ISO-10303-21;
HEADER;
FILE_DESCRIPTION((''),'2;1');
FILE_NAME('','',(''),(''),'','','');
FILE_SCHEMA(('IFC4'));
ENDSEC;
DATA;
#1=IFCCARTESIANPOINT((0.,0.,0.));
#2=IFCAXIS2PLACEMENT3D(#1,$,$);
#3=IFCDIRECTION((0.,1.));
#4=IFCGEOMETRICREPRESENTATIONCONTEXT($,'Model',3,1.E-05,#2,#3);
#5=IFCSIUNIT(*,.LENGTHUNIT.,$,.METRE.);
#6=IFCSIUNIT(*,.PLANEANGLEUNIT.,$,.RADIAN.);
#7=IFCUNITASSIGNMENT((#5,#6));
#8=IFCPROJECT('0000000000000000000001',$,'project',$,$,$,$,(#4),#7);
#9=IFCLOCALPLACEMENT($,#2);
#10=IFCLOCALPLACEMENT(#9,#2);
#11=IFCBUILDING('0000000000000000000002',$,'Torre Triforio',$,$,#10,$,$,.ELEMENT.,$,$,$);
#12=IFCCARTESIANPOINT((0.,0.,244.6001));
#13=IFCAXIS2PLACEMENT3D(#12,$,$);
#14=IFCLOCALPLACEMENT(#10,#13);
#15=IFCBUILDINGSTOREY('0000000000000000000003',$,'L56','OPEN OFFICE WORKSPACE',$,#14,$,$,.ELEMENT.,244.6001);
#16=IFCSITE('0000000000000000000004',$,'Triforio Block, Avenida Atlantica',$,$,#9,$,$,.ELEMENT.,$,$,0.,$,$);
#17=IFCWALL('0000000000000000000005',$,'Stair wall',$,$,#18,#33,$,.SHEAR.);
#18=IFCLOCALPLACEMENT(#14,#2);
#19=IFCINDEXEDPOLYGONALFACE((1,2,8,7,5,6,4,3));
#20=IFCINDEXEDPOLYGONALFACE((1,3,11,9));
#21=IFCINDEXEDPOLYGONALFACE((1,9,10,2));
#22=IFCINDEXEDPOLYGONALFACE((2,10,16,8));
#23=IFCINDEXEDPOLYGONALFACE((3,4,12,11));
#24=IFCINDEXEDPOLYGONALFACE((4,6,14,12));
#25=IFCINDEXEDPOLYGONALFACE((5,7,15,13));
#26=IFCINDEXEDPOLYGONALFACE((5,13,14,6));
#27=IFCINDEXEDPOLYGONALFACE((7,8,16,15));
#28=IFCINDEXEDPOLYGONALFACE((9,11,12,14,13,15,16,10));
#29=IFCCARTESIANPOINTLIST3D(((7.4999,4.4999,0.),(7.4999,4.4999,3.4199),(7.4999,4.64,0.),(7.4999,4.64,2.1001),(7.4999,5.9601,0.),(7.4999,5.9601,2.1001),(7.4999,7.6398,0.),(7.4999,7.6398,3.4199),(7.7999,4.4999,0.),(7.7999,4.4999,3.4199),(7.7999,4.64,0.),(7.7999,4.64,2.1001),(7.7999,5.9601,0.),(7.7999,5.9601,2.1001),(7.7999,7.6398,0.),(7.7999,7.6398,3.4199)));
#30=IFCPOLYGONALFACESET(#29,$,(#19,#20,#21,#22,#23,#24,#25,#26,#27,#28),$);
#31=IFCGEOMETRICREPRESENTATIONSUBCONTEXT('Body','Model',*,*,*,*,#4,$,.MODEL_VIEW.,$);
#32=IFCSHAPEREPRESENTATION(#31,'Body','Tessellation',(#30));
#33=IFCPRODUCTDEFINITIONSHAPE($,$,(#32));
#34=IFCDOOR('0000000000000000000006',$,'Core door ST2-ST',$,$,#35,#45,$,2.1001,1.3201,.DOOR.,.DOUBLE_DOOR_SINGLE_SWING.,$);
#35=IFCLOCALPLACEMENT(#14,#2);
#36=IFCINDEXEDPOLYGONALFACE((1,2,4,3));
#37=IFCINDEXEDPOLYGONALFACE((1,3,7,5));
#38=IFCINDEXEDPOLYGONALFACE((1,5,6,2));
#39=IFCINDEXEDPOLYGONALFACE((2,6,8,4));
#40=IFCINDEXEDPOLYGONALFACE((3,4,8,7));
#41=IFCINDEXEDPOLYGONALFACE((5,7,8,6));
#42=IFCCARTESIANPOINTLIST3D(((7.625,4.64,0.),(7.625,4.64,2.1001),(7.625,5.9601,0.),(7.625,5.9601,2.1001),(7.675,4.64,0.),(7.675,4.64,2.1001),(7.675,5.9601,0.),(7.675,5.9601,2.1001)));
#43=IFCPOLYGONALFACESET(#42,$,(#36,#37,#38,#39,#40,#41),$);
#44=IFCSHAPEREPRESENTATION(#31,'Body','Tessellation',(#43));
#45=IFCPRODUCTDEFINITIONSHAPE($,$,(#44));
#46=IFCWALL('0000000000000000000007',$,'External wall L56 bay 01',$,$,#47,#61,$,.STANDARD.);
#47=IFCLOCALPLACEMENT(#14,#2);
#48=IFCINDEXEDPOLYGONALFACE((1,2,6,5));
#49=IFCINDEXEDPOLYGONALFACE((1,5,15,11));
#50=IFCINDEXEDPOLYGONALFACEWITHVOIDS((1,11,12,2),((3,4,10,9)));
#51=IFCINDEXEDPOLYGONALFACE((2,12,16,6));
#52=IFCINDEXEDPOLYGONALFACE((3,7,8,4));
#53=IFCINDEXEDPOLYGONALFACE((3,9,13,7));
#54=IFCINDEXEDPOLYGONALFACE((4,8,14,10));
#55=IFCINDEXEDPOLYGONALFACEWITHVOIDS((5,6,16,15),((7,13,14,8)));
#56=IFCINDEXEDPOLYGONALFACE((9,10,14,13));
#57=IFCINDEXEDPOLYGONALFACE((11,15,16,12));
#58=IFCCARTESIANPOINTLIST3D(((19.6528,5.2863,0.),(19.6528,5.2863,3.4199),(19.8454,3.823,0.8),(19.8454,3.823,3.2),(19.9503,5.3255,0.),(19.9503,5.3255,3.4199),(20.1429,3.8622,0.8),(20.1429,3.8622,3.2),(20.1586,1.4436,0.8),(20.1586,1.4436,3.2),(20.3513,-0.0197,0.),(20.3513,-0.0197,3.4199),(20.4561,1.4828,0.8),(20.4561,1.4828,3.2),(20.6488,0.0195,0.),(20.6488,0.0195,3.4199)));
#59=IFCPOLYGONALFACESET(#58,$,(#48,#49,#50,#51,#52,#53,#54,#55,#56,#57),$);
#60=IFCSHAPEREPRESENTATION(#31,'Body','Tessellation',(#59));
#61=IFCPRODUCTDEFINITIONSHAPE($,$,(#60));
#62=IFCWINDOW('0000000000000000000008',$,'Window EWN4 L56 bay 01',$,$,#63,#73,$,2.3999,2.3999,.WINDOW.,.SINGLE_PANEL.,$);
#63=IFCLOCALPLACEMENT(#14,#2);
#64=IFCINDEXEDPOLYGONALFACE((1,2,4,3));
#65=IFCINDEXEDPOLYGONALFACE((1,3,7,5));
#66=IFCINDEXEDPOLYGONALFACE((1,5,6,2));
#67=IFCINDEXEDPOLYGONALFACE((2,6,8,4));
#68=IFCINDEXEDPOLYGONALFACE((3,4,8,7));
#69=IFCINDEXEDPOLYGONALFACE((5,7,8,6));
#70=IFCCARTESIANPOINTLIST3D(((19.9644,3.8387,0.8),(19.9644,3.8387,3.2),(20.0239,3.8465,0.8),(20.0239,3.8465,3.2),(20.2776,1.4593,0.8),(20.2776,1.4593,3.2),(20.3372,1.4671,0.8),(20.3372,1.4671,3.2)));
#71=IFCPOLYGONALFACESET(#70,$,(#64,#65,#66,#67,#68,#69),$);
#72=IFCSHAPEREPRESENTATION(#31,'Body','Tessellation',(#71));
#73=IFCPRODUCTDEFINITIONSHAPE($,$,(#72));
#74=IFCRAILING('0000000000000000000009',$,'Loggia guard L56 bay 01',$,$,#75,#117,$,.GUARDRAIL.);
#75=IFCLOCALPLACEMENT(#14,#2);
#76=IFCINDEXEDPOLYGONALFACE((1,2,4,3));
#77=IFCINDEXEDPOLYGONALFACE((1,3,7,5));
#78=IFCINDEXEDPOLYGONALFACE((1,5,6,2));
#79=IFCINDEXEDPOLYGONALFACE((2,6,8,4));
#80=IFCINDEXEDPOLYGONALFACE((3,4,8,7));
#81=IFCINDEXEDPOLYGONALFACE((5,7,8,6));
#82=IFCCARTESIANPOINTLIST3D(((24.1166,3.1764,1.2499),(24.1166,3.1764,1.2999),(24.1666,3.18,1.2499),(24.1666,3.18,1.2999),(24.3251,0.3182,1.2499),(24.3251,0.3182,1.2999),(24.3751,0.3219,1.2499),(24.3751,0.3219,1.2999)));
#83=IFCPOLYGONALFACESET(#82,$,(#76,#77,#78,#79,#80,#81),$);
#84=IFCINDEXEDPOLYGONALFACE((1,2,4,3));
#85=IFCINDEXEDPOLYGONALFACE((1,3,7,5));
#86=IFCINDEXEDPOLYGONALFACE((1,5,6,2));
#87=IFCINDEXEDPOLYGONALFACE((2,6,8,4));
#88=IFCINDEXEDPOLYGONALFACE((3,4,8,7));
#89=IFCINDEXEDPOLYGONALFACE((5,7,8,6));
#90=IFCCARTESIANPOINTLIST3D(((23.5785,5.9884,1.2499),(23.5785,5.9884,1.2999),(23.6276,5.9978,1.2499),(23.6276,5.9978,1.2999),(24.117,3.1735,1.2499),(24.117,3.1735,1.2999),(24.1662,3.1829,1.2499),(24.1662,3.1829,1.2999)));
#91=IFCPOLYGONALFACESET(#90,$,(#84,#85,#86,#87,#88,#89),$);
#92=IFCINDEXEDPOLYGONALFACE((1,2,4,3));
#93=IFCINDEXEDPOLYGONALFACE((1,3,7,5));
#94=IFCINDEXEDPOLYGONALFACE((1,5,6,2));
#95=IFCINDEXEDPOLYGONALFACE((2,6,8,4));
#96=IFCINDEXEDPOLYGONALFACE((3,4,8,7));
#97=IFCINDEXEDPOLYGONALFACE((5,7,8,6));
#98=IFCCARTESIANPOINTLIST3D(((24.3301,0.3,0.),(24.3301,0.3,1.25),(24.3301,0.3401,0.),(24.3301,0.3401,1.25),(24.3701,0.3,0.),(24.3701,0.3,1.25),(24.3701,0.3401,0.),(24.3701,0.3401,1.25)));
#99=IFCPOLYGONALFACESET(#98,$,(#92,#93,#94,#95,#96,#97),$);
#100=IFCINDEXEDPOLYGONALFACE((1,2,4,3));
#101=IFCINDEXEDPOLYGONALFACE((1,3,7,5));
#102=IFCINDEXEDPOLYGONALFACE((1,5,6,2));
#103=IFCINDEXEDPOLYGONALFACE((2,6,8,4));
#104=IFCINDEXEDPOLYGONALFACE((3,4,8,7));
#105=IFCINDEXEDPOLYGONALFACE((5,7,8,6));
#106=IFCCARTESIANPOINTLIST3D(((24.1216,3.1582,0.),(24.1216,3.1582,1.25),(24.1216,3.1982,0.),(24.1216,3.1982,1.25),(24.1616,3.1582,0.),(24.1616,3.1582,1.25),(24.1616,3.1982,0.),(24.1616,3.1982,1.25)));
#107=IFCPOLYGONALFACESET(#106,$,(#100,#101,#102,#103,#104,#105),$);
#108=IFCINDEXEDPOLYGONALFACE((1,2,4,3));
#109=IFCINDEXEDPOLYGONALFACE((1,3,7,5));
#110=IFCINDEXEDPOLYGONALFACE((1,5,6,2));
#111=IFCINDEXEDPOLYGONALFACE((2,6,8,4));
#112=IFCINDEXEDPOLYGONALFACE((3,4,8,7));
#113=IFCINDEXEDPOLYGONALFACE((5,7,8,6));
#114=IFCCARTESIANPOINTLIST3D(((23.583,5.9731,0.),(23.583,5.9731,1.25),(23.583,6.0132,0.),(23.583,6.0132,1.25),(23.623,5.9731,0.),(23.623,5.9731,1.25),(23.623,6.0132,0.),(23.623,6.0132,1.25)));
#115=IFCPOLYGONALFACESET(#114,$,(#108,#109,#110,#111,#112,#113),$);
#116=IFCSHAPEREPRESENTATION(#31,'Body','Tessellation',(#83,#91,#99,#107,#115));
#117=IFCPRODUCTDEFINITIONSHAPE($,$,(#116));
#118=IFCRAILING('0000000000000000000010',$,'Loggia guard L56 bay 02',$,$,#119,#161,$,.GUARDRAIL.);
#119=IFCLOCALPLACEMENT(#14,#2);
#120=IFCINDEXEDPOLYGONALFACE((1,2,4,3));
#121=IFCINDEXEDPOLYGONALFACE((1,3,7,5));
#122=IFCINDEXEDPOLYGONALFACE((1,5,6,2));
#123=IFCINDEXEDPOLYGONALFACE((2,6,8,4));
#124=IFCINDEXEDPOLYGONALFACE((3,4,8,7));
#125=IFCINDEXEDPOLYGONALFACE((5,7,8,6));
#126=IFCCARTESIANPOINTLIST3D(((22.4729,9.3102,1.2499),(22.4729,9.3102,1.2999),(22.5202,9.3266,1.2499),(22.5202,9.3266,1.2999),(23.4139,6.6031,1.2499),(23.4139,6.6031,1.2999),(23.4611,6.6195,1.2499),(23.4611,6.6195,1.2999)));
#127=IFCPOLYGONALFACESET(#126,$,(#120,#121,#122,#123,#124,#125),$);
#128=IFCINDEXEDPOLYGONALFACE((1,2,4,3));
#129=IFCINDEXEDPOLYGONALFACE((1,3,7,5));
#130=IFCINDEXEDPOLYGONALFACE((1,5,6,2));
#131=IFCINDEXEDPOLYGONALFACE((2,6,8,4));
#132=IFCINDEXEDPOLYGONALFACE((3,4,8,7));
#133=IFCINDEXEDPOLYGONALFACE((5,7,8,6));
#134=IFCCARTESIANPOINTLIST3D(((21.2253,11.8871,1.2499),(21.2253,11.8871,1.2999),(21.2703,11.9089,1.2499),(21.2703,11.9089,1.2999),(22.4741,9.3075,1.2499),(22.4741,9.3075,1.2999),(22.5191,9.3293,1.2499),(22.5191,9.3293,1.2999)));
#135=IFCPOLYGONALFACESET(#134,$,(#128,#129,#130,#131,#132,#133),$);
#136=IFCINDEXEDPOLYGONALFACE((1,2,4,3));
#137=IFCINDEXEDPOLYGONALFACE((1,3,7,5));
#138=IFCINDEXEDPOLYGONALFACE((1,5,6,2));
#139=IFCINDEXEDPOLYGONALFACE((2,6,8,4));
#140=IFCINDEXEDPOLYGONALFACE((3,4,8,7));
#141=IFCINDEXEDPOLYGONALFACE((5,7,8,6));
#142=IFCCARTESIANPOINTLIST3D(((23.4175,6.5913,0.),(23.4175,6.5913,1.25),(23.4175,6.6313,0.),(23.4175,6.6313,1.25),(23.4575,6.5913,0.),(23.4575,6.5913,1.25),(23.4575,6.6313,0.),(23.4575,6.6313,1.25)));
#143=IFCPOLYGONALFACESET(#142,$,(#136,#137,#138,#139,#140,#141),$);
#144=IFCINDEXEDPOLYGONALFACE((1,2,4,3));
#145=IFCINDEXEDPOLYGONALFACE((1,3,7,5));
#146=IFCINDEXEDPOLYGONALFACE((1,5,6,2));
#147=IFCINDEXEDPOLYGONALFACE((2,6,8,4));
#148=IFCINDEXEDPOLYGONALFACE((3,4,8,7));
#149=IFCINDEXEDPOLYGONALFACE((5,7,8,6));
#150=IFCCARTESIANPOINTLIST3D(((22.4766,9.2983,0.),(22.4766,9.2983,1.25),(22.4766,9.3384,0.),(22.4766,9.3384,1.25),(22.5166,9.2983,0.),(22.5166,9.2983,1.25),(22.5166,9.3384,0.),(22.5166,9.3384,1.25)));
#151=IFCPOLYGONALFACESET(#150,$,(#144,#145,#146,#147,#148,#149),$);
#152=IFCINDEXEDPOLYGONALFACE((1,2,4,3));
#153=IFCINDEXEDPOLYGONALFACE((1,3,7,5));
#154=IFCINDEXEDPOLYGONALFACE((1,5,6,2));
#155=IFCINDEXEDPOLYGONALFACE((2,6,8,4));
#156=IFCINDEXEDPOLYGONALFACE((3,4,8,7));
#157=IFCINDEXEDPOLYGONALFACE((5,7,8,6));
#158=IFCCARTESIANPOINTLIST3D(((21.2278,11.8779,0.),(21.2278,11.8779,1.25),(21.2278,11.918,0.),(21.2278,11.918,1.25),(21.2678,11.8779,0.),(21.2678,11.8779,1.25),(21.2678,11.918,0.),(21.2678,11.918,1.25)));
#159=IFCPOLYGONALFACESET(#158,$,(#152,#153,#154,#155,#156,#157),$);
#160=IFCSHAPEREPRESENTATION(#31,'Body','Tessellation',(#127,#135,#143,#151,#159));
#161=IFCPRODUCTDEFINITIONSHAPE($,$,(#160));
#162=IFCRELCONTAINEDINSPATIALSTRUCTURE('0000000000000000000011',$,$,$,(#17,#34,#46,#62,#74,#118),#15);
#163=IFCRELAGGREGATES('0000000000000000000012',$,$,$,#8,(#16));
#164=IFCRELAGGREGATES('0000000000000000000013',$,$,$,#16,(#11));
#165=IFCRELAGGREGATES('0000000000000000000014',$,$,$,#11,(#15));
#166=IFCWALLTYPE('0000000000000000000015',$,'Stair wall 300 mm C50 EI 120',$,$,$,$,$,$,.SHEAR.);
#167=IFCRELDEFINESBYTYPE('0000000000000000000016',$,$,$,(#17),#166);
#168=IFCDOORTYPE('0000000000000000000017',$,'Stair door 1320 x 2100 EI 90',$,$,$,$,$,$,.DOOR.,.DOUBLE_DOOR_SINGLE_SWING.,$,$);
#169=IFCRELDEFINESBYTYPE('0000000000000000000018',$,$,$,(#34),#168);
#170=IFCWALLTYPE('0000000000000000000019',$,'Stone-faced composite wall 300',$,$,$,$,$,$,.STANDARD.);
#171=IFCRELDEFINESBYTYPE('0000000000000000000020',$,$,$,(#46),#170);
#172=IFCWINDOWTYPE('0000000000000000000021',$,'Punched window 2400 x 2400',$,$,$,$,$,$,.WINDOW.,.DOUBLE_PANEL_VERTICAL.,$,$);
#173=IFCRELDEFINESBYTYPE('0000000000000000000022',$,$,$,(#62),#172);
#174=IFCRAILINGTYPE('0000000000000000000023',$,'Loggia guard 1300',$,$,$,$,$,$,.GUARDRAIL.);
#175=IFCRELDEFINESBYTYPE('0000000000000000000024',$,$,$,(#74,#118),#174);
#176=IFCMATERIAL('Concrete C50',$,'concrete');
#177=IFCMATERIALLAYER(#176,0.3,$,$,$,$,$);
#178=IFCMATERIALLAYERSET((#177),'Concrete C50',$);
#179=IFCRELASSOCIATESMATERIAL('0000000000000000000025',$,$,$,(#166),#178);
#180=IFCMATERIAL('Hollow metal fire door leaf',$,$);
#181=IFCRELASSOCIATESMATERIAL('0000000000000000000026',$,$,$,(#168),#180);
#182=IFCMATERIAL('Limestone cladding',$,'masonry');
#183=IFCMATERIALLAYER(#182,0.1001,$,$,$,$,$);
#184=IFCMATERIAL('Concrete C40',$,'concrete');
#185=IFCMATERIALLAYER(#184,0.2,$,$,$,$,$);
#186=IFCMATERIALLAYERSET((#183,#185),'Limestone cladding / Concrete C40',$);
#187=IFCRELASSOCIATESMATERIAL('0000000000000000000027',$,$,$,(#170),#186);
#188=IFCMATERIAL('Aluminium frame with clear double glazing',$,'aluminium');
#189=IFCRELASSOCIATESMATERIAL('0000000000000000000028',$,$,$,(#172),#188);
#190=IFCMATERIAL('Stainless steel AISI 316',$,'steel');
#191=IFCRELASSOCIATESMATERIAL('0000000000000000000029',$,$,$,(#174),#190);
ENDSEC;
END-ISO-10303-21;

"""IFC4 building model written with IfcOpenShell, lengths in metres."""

from ifc_helpers import new_model, si_unit, direction, frame, frame_2d, origin, origin_2d, place, context, subcontext, project, spatial, rectangle, extrude, material, layer, layer_set, type_object, element, fill, save


model = new_model("IFC4")

# Units and contexts
model_context = context("Model", 3, precision=1e-05, world=origin(), true_north=direction((0.0, 1.0)))
body_context = subcontext(model_context, "Body", "Model", "MODEL_VIEW")
ifc_project = project(units=[si_unit("LENGTHUNIT", "METRE"), si_unit("PLANEANGLEUNIT", "RADIAN")], contexts=[model_context])

# Site, building, storey
site_placement = place(None, origin())
site = spatial("IfcSite", under=ifc_project, at=site_placement, Name="Triforio Block, Avenida Atlantica", CompositionType="ELEMENT", RefElevation=0.0)
building_placement = place(site_placement, origin())
building = spatial("IfcBuilding", under=site, at=building_placement, Name="Torre Triforio", CompositionType="ELEMENT")
storey_placement = place(building_placement, frame((0.0, 0.0, 244.6001)))
storey = spatial("IfcBuildingStorey", under=building, at=storey_placement, Name="L56", Description="OPEN OFFICE WORKSPACE", CompositionType="ELEMENT", Elevation=244.6001)

# Shared definitions
ifc_material_1 = material(Name="Concrete C50", Category="concrete")

# Shared definitions
ifc_material_2 = material(Name="Concrete C40", Category="concrete")

# Shared definitions
ifc_material_3 = material(Name="Limestone cladding", Category="masonry")

# Wall, opening, door
ifc_layer_1 = layer(ifc_material_1, 0.3)
ifc_layer_set_1 = layer_set([ifc_layer_1], Name="Concrete C50")
wall_type_1 = type_object("IfcWallType", Name="Stair wall 300 mm C50 EI 120", PredefinedType="SHEAR", material=ifc_layer_set_1)
wall_1_placement = place(storey_placement, frame((7.6499, 4.5, 0.0), z_axis=(0.0, 0.0, 1.0), x_axis=(0.0, 1.0, 0.0)))
wall_1 = element("IfcWall", 1, at=wall_1_placement, inside=storey, type_object=wall_type_1, Name="Stair wall", PredefinedType="SHEAR", context=body_context, shape_type="SweptSolid", body=[
    extrude(rectangle(XDim=3.1399, YDim=0.3, at=frame_2d((1.5698, 0.0))), origin(), (0.0, 0.0, 1.0), 3.4199),
])
opening_1_placement = place(wall_1_placement, frame((0.1399, 0.0, 0.0)))
opening_1 = element("IfcOpeningElement", 2, at=opening_1_placement, cuts=wall_1, PredefinedType="OPENING", context=body_context, shape_type="SweptSolid", body=[
    extrude(rectangle(XDim=1.3201, YDim=2.1001, at=frame_2d((0.6602, 1.05))), frame((0.0, 0.1599, 0.0), z_axis=(0.0, -1.0, 0.0), x_axis=(1.0, 0.0, 0.0)), (0.0, 0.0, 1.0), 0.3201),
])
ifc_material_4 = material(Name="Hollow metal fire door leaf")
door_type_1 = type_object("IfcDoorType", Name="Stair door 1320 x 2100 EI 90", OperationType="DOUBLE_DOOR_SINGLE_SWING", PredefinedType="DOOR", material=ifc_material_4)
door_1_placement = place(opening_1_placement, origin())
door_1 = element("IfcDoor", 3, at=door_1_placement, inside=storey, type_object=door_type_1, Name="Core door ST2-ST", OperationType="DOUBLE_DOOR_SINGLE_SWING", OverallHeight=2.1001, OverallWidth=1.3201, PredefinedType="DOOR", context=body_context, shape_type="SweptSolid", body=[
    extrude(rectangle(XDim=1.3201, YDim=2.1001, at=frame_2d((0.6602, 1.05))), frame((0.0, 0.0249, 0.0), z_axis=(0.0, -1.0, 0.0), x_axis=(1.0, 0.0, 0.0)), (0.0, 0.0, 1.0), 0.05),
])
fill(opening_1, door_1)

# Wall, opening, window
ifc_layer_2 = layer(ifc_material_3, 0.1001)
ifc_layer_3 = layer(ifc_material_2, 0.2)
ifc_layer_set_2 = layer_set([ifc_layer_2, ifc_layer_3], Name="Limestone cladding / Concrete C40")
wall_type_2 = type_object("IfcWallType", Name="Stone-faced composite wall 300", PredefinedType="STANDARD", material=ifc_layer_set_2)
wall_2_placement = place(storey_placement, frame((20.5, 0.0, 0.0), z_axis=(0.0, 0.0, 1.0), x_axis=(-0.130517, 0.991446, 0.0)))
wall_2 = element("IfcWall", 4, at=wall_2_placement, inside=storey, type_object=wall_type_2, Name="External wall L56 bay 01", PredefinedType="STANDARD", context=body_context, shape_type="SweptSolid", body=[
    extrude(rectangle(XDim=5.3518, YDim=0.3, at=frame_2d((2.6758, 0.0))), origin(), (0.0, 0.0, 1.0), 3.4199),
])
opening_2_placement = place(wall_2_placement, frame((1.4758, 0.0, 0.8)))
opening_2 = element("IfcOpeningElement", 5, at=opening_2_placement, cuts=wall_2, PredefinedType="OPENING", context=body_context, shape_type="SweptSolid", body=[
    extrude(rectangle(XDim=2.3999, YDim=2.3999, at=frame_2d((1.2, 1.2))), frame((0.0, 0.1599, 0.0), z_axis=(0.0, -1.0, 0.0), x_axis=(1.0, 0.0, 0.0)), (0.0, 0.0, 1.0), 0.3201),
])
ifc_material_5 = material(Name="Aluminium frame with clear double glazing", Category="aluminium")
window_type_1 = type_object("IfcWindowType", Name="Punched window 2400 x 2400", PartitioningType="DOUBLE_PANEL_VERTICAL", PredefinedType="WINDOW", material=ifc_material_5)
window_1_placement = place(opening_2_placement, origin())
window_1 = element("IfcWindow", 6, at=window_1_placement, inside=storey, type_object=window_type_1, Name="Window EWN4 L56 bay 01", OverallHeight=2.3999, OverallWidth=2.3999, PartitioningType="SINGLE_PANEL", PredefinedType="WINDOW", context=body_context, shape_type="SweptSolid", body=[
    extrude(rectangle(XDim=2.3999, YDim=2.3999, at=frame_2d((1.2, 1.2))), frame((0.0, 0.03, 0.0), z_axis=(0.0, -1.0, 0.0), x_axis=(1.0, 0.0, 0.0)), (0.0, 0.0, 1.0), 0.0601),
])
fill(opening_2, window_1)

# Railings
ifc_material_6 = material(Name="Stainless steel AISI 316", Category="steel")
railing_type = type_object("IfcRailingType", Name="Loggia guard 1300", PredefinedType="GUARDRAIL", material=ifc_material_6)
railing_1_placement = place(storey_placement, frame((24.3501, 0.3201, 0.0)))
element("IfcRailing", 7, at=railing_1_placement, inside=storey, type_object=railing_type, Name="Loggia guard L56 bay 01", PredefinedType="GUARDRAIL", context=body_context, shape_type="SweptSolid", body=[
    extrude(rectangle(XDim=0.05, YDim=0.05, at=origin_2d()), frame((0.0, 0.0, 1.2749), z_axis=(-0.072754, 0.99735, 0.0), x_axis=(-0.99735, -0.072754, 0.0)), (0.0, 0.0, 1.0), 2.8657),
    extrude(rectangle(XDim=0.05, YDim=0.05, at=origin_2d()), frame((-0.2085, 2.8582, 1.2749), z_axis=(-0.187918, 0.982185, 0.0), x_axis=(-0.982185, -0.187918, 0.0)), (0.0, 0.0, 1.0), 2.866),
    extrude(rectangle(XDim=0.04, YDim=0.04, at=origin_2d()), origin(), (0.0, 0.0, 1.0), 1.25),
    extrude(rectangle(XDim=0.04, YDim=0.04, at=origin_2d()), frame((-0.2085, 2.8582, 0.0)), (0.0, 0.0, 1.0), 1.25),
    extrude(rectangle(XDim=0.04, YDim=0.04, at=origin_2d()), frame((-0.7471, 5.6731, 0.0)), (0.0, 0.0, 1.0), 1.25),
])
railing_2_placement = place(storey_placement, frame((23.4375, 6.6113, 0.0)))
element("IfcRailing", 8, at=railing_2_placement, inside=storey, type_object=railing_type, Name="Loggia guard L56 bay 02", PredefinedType="GUARDRAIL", context=body_context, shape_type="SweptSolid", body=[
    extrude(rectangle(XDim=0.05, YDim=0.05, at=origin_2d()), frame((0.0, 0.0, 1.2749), z_axis=(-0.328316, 0.944568, 0.0), x_axis=(-0.944568, -0.328316, 0.0)), (0.0, 0.0, 1.0), 2.866),
    extrude(rectangle(XDim=0.05, YDim=0.05, at=origin_2d()), frame((-0.9409, 2.707, 1.2749), z_axis=(-0.435728, 0.900078, 0.0), x_axis=(-0.900078, -0.435728, 0.0)), (0.0, 0.0, 1.0), 2.866),
    extrude(rectangle(XDim=0.04, YDim=0.04, at=origin_2d()), origin(), (0.0, 0.0, 1.0), 1.25),
    extrude(rectangle(XDim=0.04, YDim=0.04, at=origin_2d()), frame((-0.9409, 2.707, 0.0)), (0.0, 0.0, 1.0), 1.25),
    extrude(rectangle(XDim=0.04, YDim=0.04, at=origin_2d()), frame((-2.1897, 5.2866, 0.0)), (0.0, 0.0, 1.0), 1.25),
])

save(model, "model.ifc")
